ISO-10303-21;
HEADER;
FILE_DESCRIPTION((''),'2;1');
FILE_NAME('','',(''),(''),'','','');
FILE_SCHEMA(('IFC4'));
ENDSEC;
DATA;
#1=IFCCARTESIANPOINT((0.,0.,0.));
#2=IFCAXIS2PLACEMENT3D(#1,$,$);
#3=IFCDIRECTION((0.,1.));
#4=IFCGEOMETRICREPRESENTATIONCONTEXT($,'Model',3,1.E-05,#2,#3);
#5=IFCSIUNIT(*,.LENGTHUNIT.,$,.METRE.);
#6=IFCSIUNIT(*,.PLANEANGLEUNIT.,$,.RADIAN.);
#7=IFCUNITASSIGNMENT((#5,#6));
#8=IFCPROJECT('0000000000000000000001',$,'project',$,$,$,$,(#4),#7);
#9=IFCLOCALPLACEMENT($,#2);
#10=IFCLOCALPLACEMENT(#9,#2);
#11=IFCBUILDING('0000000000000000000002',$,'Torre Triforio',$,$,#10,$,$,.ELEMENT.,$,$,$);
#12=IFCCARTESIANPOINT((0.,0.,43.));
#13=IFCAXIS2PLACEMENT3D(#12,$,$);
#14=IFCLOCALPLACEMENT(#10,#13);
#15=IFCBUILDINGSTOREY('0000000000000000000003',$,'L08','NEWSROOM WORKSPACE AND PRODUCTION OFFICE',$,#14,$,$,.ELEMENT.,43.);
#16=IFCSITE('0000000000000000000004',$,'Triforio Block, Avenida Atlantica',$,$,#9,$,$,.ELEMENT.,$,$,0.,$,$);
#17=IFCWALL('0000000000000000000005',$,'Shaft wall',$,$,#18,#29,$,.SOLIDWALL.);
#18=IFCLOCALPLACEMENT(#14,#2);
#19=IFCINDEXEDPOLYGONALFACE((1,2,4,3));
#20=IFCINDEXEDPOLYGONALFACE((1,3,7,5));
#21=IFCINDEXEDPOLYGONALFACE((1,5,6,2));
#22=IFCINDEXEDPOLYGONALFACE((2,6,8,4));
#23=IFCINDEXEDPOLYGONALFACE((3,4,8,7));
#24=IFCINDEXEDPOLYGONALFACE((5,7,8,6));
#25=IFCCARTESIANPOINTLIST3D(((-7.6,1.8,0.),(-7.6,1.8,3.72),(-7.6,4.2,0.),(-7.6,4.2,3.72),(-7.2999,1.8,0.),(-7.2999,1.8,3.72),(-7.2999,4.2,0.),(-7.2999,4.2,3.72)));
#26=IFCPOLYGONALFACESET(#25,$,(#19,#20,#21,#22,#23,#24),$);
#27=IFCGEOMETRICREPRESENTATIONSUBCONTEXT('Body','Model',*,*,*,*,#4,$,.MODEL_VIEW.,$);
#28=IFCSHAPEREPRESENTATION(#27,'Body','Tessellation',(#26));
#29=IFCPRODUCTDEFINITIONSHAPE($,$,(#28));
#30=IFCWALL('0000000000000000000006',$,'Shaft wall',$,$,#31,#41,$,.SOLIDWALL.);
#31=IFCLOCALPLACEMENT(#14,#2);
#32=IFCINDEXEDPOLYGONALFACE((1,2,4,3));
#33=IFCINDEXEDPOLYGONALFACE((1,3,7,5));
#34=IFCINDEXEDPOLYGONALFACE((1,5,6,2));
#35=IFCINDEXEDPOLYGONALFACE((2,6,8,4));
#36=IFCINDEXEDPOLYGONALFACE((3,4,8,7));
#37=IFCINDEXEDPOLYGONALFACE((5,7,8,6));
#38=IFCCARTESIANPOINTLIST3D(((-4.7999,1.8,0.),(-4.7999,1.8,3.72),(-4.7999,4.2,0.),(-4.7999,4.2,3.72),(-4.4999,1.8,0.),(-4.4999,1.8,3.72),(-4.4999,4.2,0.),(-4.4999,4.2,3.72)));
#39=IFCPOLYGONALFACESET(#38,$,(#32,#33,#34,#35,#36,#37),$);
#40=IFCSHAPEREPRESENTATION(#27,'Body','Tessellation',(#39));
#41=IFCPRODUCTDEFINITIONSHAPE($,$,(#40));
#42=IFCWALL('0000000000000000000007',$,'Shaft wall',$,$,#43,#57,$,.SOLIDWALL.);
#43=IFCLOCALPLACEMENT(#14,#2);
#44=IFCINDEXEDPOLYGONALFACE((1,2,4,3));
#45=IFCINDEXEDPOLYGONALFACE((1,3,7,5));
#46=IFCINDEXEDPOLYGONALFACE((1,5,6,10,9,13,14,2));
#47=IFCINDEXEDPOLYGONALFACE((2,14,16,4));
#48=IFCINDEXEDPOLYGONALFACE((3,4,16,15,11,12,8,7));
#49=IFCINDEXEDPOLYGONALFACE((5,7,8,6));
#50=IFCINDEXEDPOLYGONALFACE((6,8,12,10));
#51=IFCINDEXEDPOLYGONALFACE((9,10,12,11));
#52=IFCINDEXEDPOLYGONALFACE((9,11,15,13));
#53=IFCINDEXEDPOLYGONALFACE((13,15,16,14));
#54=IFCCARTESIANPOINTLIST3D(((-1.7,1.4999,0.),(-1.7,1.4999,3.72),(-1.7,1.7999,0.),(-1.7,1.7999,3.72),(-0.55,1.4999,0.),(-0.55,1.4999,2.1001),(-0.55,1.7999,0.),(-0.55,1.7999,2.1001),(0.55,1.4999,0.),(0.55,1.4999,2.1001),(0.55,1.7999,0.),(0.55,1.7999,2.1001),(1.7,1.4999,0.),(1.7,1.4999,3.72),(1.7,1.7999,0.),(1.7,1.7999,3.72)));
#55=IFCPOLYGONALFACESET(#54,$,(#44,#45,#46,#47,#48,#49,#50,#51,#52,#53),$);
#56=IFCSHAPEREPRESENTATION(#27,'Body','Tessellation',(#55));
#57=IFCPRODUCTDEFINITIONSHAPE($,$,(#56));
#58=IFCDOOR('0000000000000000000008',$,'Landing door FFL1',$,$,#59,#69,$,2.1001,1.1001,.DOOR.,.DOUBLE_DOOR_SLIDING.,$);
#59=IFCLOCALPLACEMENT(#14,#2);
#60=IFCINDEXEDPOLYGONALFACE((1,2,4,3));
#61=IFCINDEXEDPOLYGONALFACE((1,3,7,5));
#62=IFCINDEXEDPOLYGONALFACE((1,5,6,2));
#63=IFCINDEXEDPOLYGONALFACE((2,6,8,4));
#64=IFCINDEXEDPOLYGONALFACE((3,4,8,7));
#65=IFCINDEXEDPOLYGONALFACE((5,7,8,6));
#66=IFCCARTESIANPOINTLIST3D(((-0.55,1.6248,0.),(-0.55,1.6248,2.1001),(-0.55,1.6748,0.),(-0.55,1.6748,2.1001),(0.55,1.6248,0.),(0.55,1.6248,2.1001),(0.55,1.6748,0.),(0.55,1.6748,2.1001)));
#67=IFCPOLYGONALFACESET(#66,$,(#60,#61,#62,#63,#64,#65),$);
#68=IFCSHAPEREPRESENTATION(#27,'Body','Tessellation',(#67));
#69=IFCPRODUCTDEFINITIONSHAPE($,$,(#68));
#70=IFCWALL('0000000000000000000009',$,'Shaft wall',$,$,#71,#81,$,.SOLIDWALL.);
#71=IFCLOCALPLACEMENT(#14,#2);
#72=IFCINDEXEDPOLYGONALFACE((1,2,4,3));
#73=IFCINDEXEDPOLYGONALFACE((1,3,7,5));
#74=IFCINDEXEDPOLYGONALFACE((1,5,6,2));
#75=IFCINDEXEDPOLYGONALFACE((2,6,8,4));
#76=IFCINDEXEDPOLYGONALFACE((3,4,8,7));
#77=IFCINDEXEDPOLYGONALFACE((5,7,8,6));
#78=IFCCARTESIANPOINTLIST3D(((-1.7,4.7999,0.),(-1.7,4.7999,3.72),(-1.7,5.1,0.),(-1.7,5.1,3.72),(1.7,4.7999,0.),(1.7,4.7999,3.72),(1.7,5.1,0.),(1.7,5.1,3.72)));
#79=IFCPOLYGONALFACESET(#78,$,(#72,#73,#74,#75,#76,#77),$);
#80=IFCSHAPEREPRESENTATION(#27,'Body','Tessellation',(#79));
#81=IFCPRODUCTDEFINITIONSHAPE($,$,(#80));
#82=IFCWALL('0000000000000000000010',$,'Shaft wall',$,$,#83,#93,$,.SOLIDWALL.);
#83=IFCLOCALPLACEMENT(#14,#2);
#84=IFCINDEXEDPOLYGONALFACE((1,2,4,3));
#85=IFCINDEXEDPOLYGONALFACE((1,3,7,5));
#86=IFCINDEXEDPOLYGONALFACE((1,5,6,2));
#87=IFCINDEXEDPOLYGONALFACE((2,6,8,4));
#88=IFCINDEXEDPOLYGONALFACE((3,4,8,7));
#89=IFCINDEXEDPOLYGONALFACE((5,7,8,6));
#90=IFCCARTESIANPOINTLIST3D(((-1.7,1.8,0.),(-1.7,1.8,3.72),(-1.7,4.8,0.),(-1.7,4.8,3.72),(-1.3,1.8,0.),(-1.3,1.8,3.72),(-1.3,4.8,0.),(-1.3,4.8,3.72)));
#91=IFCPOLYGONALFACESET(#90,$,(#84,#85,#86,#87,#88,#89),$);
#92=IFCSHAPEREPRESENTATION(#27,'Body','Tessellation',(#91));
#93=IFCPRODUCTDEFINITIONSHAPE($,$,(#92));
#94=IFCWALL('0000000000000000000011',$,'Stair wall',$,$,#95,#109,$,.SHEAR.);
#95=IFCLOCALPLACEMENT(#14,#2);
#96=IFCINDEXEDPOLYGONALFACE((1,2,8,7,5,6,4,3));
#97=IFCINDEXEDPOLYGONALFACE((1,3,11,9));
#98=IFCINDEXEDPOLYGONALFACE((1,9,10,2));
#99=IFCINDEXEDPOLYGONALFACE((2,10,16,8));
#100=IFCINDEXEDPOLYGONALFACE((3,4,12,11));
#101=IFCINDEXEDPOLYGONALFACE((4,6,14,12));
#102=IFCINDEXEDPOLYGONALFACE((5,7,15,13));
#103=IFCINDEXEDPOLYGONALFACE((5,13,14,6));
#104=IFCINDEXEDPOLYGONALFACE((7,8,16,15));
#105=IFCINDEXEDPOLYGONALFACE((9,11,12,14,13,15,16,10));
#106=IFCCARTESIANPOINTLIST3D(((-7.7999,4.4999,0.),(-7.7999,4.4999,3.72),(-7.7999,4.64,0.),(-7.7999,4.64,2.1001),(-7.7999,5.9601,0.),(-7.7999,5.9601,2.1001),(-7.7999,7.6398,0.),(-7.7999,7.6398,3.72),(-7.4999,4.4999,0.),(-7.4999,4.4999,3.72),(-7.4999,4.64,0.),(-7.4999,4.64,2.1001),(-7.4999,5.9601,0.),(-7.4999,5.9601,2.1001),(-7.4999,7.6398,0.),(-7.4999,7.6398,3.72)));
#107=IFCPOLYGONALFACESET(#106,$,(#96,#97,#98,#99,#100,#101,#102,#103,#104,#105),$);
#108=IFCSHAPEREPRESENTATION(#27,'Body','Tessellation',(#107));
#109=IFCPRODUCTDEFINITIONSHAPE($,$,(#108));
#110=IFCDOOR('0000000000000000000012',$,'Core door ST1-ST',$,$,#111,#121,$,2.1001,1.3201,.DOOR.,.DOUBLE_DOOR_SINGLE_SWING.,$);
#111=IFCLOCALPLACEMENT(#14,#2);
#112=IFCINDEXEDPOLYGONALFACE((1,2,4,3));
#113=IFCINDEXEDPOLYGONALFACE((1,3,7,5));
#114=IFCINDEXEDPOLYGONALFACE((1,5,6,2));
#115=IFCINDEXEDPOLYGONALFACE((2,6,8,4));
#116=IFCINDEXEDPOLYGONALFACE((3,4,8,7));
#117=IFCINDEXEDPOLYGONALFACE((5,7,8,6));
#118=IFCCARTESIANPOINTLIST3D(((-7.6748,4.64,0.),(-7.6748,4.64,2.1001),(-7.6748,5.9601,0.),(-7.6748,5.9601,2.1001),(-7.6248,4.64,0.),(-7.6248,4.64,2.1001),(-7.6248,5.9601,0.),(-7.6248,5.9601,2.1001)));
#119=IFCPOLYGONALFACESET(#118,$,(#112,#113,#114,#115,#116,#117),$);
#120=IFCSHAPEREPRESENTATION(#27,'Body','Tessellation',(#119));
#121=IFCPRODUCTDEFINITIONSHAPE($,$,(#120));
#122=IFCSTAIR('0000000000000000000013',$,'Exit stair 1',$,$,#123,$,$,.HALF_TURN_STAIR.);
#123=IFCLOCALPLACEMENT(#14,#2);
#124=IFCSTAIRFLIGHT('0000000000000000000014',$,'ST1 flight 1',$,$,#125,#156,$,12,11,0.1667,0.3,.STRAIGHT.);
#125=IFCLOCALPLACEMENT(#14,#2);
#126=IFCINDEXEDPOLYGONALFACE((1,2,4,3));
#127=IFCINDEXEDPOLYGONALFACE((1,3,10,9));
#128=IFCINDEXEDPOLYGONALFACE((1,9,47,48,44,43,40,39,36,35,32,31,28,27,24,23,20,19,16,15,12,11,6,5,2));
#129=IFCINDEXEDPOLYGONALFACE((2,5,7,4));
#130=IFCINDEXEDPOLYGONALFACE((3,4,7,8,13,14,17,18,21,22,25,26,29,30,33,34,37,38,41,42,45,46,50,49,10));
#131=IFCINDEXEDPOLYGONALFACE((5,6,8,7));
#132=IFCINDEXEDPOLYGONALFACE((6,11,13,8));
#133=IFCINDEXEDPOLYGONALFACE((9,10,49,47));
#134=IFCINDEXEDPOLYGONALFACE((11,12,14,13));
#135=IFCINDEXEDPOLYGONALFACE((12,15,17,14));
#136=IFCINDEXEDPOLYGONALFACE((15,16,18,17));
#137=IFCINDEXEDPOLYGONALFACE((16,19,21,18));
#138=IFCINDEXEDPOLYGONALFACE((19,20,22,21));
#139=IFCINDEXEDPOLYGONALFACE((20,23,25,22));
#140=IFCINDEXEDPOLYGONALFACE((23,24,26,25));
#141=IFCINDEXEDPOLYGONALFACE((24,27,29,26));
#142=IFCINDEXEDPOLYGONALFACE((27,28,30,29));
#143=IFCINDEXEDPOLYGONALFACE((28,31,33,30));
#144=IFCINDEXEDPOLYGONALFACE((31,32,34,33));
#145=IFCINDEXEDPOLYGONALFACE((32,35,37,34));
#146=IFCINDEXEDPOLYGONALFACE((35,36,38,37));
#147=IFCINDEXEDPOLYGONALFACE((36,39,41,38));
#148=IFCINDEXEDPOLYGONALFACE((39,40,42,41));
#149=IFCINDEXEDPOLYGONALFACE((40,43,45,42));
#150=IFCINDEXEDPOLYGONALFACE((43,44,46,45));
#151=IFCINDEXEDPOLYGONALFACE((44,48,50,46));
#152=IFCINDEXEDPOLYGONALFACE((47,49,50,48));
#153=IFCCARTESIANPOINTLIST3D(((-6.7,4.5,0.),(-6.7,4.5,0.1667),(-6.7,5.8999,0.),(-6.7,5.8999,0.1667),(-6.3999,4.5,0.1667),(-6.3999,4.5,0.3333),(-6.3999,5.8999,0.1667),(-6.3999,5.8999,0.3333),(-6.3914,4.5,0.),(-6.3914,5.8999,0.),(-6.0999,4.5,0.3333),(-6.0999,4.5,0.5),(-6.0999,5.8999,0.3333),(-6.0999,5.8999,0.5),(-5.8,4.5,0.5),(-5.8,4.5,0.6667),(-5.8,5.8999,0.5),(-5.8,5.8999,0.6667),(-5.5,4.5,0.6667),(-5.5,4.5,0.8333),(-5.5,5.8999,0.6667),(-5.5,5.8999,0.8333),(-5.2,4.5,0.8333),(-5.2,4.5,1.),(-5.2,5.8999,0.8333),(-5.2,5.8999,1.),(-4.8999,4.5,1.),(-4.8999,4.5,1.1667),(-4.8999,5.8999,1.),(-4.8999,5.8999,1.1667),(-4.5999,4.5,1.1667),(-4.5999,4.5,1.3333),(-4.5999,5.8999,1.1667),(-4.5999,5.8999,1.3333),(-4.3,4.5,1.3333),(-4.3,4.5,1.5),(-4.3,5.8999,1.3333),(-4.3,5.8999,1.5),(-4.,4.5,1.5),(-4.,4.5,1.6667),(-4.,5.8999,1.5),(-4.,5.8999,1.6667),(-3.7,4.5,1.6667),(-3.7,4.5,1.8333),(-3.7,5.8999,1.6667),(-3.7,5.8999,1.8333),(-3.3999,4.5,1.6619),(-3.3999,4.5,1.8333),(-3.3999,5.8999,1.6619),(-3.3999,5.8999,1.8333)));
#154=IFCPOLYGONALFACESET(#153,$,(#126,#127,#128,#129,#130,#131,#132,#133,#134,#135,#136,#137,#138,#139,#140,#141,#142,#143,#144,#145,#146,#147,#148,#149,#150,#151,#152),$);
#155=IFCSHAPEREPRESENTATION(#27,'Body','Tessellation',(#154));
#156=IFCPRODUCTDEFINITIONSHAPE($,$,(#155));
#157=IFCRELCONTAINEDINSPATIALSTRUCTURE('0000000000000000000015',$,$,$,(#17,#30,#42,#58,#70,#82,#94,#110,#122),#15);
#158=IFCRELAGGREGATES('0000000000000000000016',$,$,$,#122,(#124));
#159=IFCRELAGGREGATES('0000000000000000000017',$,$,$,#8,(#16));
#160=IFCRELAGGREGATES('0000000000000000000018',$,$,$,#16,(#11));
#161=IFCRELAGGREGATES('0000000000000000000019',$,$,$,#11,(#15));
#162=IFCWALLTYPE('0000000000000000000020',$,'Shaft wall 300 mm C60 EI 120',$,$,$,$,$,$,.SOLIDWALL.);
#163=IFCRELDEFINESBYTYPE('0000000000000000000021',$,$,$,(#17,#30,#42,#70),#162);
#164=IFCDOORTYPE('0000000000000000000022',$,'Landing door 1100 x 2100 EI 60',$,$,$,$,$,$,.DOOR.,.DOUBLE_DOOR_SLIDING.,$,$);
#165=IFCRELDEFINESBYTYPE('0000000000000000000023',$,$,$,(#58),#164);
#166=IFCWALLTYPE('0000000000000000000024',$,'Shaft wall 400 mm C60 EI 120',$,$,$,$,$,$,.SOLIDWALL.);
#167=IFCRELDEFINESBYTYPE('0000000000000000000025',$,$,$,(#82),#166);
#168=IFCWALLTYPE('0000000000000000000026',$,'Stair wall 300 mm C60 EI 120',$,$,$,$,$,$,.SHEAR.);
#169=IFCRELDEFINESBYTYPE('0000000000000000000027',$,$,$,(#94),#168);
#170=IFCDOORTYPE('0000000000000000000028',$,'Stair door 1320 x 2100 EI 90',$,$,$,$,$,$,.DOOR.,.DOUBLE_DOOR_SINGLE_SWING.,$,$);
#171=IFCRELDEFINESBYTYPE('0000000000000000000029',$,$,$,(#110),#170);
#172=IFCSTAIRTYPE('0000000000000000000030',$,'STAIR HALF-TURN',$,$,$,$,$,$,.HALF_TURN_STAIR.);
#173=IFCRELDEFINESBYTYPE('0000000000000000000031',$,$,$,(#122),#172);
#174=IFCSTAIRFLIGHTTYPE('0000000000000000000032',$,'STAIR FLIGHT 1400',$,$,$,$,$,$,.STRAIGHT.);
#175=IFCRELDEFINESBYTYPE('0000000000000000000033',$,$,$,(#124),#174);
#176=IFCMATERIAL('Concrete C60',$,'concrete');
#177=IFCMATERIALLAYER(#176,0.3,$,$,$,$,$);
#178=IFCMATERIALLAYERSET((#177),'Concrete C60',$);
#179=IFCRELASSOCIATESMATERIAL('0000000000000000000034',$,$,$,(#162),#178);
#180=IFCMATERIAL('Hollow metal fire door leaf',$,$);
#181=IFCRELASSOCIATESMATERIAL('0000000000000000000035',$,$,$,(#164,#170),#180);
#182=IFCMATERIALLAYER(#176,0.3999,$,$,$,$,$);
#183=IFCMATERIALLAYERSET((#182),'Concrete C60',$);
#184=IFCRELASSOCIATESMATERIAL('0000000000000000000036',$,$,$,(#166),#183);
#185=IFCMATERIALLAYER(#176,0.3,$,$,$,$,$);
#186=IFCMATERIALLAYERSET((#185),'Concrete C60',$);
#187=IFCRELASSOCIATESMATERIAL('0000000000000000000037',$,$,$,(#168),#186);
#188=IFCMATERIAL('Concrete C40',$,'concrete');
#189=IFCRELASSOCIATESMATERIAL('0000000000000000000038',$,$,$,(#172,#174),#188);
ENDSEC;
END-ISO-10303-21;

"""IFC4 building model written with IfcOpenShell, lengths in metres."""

from ifc_helpers import new_model, si_unit, direction, frame, frame_2d, origin, place, context, subcontext, project, spatial, polyline, rectangle, outline, extrude, material, layer, layer_set, type_object, element, fill, aggregate, save


model = new_model("IFC4")

# Units and contexts
model_context = context("Model", 3, precision=1e-05, world=origin(), true_north=direction((0.0, 1.0)))
body_context = subcontext(model_context, "Body", "Model", "MODEL_VIEW")
ifc_project = project(units=[si_unit("LENGTHUNIT", "METRE"), si_unit("PLANEANGLEUNIT", "RADIAN")], contexts=[model_context])

# Site, building, storey
site_placement = place(None, origin())
site = spatial("IfcSite", under=ifc_project, at=site_placement, Name="Triforio Block, Avenida Atlantica", CompositionType="ELEMENT", RefElevation=0.0)
building_placement = place(site_placement, origin())
building = spatial("IfcBuilding", under=site, at=building_placement, Name="Torre Triforio", CompositionType="ELEMENT")
storey_placement = place(building_placement, frame((0.0, 0.0, 43.0)))
storey = spatial("IfcBuildingStorey", under=building, at=storey_placement, Name="L08", Description="NEWSROOM WORKSPACE AND PRODUCTION OFFICE", CompositionType="ELEMENT", Elevation=43.0)

# Walls
ifc_material_1 = material(Name="Concrete C60", Category="concrete")
ifc_layer_1 = layer(ifc_material_1, 0.3)
ifc_layer_set_1 = layer_set([ifc_layer_1], Name="Concrete C60")
wall_type_1 = type_object("IfcWallType", Name="Shaft wall 300 mm C60 EI 120", PredefinedType="SOLIDWALL", material=ifc_layer_set_1)
for number, where, z_axis, x_axis, name in (
    (1, (-7.45, 1.8, 0.0), (0.0, 0.0, 1.0), (0.0, 1.0, 0.0), "Shaft wall"),
    (2, (-4.6499, 1.8, 0.0), (0.0, 0.0, 1.0), (0.0, 1.0, 0.0), "Shaft wall"),
):
    element("IfcWall", number, at=place(storey_placement, frame(where, z_axis=z_axis, x_axis=x_axis)), inside=storey, type_object=wall_type_1, Name=name, PredefinedType="SOLIDWALL", context=body_context, shape_type="SweptSolid", body=[
        extrude(rectangle(XDim=2.3999, YDim=0.3, at=frame_2d((1.2, 0.0))), origin(), (0.0, 0.0, 1.0), 3.72),
    ])

# Wall, opening, door
wall_1_placement = place(storey_placement, frame((-1.7, 1.6499, 0.0), z_axis=(0.0, 0.0, 1.0), x_axis=(1.0, 0.0, 0.0)))
wall_1 = element("IfcWall", 3, at=wall_1_placement, inside=storey, type_object=wall_type_1, Name="Shaft wall", PredefinedType="SOLIDWALL", context=body_context, shape_type="SweptSolid", body=[
    extrude(rectangle(XDim=3.3999, YDim=0.3, at=frame_2d((1.7, 0.0))), origin(), (0.0, 0.0, 1.0), 3.72),
])
opening_1_placement = place(wall_1_placement, frame((1.1499, 0.0, 0.0)))
opening_1 = element("IfcOpeningElement", 4, at=opening_1_placement, cuts=wall_1, PredefinedType="OPENING", context=body_context, shape_type="SweptSolid", body=[
    extrude(rectangle(XDim=1.1001, YDim=2.1001, at=frame_2d((0.55, 1.05))), frame((0.0, 0.1599, 0.0), z_axis=(0.0, -1.0, 0.0), x_axis=(1.0, 0.0, 0.0)), (0.0, 0.0, 1.0), 0.3201),
])
ifc_material_2 = material(Name="Hollow metal fire door leaf")
door_type_1 = type_object("IfcDoorType", Name="Landing door 1100 x 2100 EI 60", OperationType="DOUBLE_DOOR_SLIDING", PredefinedType="DOOR", material=ifc_material_2)
door_1_placement = place(opening_1_placement, origin())
door_1 = element("IfcDoor", 5, at=door_1_placement, inside=storey, type_object=door_type_1, Name="Landing door FFL1", OperationType="DOUBLE_DOOR_SLIDING", OverallHeight=2.1001, OverallWidth=1.1001, PredefinedType="DOOR", context=body_context, shape_type="SweptSolid", body=[
    extrude(rectangle(XDim=1.1001, YDim=2.1001, at=frame_2d((0.55, 1.05))), frame((0.0, 0.0249, 0.0), z_axis=(0.0, -1.0, 0.0), x_axis=(1.0, 0.0, 0.0)), (0.0, 0.0, 1.0), 0.05),
])
fill(opening_1, door_1)

# Walls
wall_2_placement = place(storey_placement, frame((-1.7, 4.95, 0.0), z_axis=(0.0, 0.0, 1.0), x_axis=(1.0, 0.0, 0.0)))
element("IfcWall", 6, at=wall_2_placement, inside=storey, type_object=wall_type_1, Name="Shaft wall", PredefinedType="SOLIDWALL", context=body_context, shape_type="SweptSolid", body=[
    extrude(rectangle(XDim=3.3999, YDim=0.3, at=frame_2d((1.7, 0.0))), origin(), (0.0, 0.0, 1.0), 3.72),
])
ifc_layer_2 = layer(ifc_material_1, 0.3999)
ifc_layer_set_2 = layer_set([ifc_layer_2], Name="Concrete C60")
wall_type_2 = type_object("IfcWallType", Name="Shaft wall 400 mm C60 EI 120", PredefinedType="SOLIDWALL", material=ifc_layer_set_2)
wall_3_placement = place(storey_placement, frame((-1.5, 1.8, 0.0), z_axis=(0.0, 0.0, 1.0), x_axis=(0.0, 1.0, 0.0)))
element("IfcWall", 7, at=wall_3_placement, inside=storey, type_object=wall_type_2, Name="Shaft wall", PredefinedType="SOLIDWALL", context=body_context, shape_type="SweptSolid", body=[
    extrude(rectangle(XDim=3.0, YDim=0.3999, at=frame_2d((1.5, 0.0))), origin(), (0.0, 0.0, 1.0), 3.72),
])

# Wall, opening, door
ifc_layer_3 = layer(ifc_material_1, 0.3)
ifc_layer_set_3 = layer_set([ifc_layer_3], Name="Concrete C60")
wall_type_3 = type_object("IfcWallType", Name="Stair wall 300 mm C60 EI 120", PredefinedType="SHEAR", material=ifc_layer_set_3)
wall_4_placement = place(storey_placement, frame((-7.6499, 4.5, 0.0), z_axis=(0.0, 0.0, 1.0), x_axis=(0.0, 1.0, 0.0)))
wall_4 = element("IfcWall", 8, at=wall_4_placement, inside=storey, type_object=wall_type_3, Name="Stair wall", PredefinedType="SHEAR", context=body_context, shape_type="SweptSolid", body=[
    extrude(rectangle(XDim=3.1399, YDim=0.3, at=frame_2d((1.5698, 0.0))), origin(), (0.0, 0.0, 1.0), 3.72),
])
opening_2_placement = place(wall_4_placement, frame((0.1399, 0.0, 0.0)))
opening_2 = element("IfcOpeningElement", 9, at=opening_2_placement, cuts=wall_4, PredefinedType="OPENING", context=body_context, shape_type="SweptSolid", body=[
    extrude(rectangle(XDim=1.3201, YDim=2.1001, at=frame_2d((0.6602, 1.05))), frame((0.0, 0.1599, 0.0), z_axis=(0.0, -1.0, 0.0), x_axis=(1.0, 0.0, 0.0)), (0.0, 0.0, 1.0), 0.3201),
])
door_type_2 = type_object("IfcDoorType", Name="Stair door 1320 x 2100 EI 90", OperationType="DOUBLE_DOOR_SINGLE_SWING", PredefinedType="DOOR", material=ifc_material_2)
door_2_placement = place(opening_2_placement, origin())
door_2 = element("IfcDoor", 10, at=door_2_placement, inside=storey, type_object=door_type_2, Name="Core door ST1-ST", OperationType="DOUBLE_DOOR_SINGLE_SWING", OverallHeight=2.1001, OverallWidth=1.3201, PredefinedType="DOOR", context=body_context, shape_type="SweptSolid", body=[
    extrude(rectangle(XDim=1.3201, YDim=2.1001, at=frame_2d((0.6602, 1.05))), frame((0.0, 0.0249, 0.0), z_axis=(0.0, -1.0, 0.0), x_axis=(1.0, 0.0, 0.0)), (0.0, 0.0, 1.0), 0.05),
])
fill(opening_2, door_2)

# Stair, stair flight
ifc_material_3 = material(Name="Concrete C40", Category="concrete")
stair_type = type_object("IfcStairType", Name="STAIR HALF-TURN", PredefinedType="HALF_TURN_STAIR", material=ifc_material_3)
stair_placement = place(storey_placement, origin())
stair = element("IfcStair", 11, at=stair_placement, inside=storey, type_object=stair_type, Name="Exit stair 1", PredefinedType="HALF_TURN_STAIR")
stair_flight_type = type_object("IfcStairFlightType", Name="STAIR FLIGHT 1400", PredefinedType="STRAIGHT", material=ifc_material_3)
stair_flight_1_placement = place(storey_placement, frame((-6.7, 5.2, 0.0), z_axis=(0.0, 0.0, 1.0), x_axis=(1.0, 0.0, 0.0)))
stair_flight_1 = element("IfcStairFlight", 12, at=stair_flight_1_placement, type_object=stair_flight_type, Name="ST1 flight 1", NumberOfRisers=12, NumberOfTreads=11, PredefinedType="STRAIGHT", RiserHeight=0.1667, TreadLength=0.3, context=body_context, shape_type="SweptSolid", body=[
    extrude(outline(polyline([(0.0, 0.0), (0.0, 0.1667), (0.3, 0.1667), (0.3, 0.3333), (0.6001, 0.3333), (0.6001, 0.5), (0.8999, 0.5), (0.8999, 0.6667), (1.2, 0.6667), (1.2, 0.8333), (1.5, 0.8333), (1.5, 1.0), (1.8, 1.0), (1.8, 1.1667), (2.1001, 1.1667), (2.1001, 1.3333), (2.3999, 1.3333), (2.3999, 1.5), (2.7, 1.5), (2.7, 1.6667), (3.0, 1.6667), (3.0, 1.8333), (3.3, 1.8333), (3.3, 2.0), (3.3, 1.6619), (0.3086, 0.0), (0.0, 0.0)])), frame((0.0, 0.7, 0.0), z_axis=(0.0, -1.0, 0.0), x_axis=(1.0, 0.0, 0.0)), (0.0, 0.0, 1.0), 1.3999),
])
aggregate(stair, [stair_flight_1])

save(model, "model.ifc")
